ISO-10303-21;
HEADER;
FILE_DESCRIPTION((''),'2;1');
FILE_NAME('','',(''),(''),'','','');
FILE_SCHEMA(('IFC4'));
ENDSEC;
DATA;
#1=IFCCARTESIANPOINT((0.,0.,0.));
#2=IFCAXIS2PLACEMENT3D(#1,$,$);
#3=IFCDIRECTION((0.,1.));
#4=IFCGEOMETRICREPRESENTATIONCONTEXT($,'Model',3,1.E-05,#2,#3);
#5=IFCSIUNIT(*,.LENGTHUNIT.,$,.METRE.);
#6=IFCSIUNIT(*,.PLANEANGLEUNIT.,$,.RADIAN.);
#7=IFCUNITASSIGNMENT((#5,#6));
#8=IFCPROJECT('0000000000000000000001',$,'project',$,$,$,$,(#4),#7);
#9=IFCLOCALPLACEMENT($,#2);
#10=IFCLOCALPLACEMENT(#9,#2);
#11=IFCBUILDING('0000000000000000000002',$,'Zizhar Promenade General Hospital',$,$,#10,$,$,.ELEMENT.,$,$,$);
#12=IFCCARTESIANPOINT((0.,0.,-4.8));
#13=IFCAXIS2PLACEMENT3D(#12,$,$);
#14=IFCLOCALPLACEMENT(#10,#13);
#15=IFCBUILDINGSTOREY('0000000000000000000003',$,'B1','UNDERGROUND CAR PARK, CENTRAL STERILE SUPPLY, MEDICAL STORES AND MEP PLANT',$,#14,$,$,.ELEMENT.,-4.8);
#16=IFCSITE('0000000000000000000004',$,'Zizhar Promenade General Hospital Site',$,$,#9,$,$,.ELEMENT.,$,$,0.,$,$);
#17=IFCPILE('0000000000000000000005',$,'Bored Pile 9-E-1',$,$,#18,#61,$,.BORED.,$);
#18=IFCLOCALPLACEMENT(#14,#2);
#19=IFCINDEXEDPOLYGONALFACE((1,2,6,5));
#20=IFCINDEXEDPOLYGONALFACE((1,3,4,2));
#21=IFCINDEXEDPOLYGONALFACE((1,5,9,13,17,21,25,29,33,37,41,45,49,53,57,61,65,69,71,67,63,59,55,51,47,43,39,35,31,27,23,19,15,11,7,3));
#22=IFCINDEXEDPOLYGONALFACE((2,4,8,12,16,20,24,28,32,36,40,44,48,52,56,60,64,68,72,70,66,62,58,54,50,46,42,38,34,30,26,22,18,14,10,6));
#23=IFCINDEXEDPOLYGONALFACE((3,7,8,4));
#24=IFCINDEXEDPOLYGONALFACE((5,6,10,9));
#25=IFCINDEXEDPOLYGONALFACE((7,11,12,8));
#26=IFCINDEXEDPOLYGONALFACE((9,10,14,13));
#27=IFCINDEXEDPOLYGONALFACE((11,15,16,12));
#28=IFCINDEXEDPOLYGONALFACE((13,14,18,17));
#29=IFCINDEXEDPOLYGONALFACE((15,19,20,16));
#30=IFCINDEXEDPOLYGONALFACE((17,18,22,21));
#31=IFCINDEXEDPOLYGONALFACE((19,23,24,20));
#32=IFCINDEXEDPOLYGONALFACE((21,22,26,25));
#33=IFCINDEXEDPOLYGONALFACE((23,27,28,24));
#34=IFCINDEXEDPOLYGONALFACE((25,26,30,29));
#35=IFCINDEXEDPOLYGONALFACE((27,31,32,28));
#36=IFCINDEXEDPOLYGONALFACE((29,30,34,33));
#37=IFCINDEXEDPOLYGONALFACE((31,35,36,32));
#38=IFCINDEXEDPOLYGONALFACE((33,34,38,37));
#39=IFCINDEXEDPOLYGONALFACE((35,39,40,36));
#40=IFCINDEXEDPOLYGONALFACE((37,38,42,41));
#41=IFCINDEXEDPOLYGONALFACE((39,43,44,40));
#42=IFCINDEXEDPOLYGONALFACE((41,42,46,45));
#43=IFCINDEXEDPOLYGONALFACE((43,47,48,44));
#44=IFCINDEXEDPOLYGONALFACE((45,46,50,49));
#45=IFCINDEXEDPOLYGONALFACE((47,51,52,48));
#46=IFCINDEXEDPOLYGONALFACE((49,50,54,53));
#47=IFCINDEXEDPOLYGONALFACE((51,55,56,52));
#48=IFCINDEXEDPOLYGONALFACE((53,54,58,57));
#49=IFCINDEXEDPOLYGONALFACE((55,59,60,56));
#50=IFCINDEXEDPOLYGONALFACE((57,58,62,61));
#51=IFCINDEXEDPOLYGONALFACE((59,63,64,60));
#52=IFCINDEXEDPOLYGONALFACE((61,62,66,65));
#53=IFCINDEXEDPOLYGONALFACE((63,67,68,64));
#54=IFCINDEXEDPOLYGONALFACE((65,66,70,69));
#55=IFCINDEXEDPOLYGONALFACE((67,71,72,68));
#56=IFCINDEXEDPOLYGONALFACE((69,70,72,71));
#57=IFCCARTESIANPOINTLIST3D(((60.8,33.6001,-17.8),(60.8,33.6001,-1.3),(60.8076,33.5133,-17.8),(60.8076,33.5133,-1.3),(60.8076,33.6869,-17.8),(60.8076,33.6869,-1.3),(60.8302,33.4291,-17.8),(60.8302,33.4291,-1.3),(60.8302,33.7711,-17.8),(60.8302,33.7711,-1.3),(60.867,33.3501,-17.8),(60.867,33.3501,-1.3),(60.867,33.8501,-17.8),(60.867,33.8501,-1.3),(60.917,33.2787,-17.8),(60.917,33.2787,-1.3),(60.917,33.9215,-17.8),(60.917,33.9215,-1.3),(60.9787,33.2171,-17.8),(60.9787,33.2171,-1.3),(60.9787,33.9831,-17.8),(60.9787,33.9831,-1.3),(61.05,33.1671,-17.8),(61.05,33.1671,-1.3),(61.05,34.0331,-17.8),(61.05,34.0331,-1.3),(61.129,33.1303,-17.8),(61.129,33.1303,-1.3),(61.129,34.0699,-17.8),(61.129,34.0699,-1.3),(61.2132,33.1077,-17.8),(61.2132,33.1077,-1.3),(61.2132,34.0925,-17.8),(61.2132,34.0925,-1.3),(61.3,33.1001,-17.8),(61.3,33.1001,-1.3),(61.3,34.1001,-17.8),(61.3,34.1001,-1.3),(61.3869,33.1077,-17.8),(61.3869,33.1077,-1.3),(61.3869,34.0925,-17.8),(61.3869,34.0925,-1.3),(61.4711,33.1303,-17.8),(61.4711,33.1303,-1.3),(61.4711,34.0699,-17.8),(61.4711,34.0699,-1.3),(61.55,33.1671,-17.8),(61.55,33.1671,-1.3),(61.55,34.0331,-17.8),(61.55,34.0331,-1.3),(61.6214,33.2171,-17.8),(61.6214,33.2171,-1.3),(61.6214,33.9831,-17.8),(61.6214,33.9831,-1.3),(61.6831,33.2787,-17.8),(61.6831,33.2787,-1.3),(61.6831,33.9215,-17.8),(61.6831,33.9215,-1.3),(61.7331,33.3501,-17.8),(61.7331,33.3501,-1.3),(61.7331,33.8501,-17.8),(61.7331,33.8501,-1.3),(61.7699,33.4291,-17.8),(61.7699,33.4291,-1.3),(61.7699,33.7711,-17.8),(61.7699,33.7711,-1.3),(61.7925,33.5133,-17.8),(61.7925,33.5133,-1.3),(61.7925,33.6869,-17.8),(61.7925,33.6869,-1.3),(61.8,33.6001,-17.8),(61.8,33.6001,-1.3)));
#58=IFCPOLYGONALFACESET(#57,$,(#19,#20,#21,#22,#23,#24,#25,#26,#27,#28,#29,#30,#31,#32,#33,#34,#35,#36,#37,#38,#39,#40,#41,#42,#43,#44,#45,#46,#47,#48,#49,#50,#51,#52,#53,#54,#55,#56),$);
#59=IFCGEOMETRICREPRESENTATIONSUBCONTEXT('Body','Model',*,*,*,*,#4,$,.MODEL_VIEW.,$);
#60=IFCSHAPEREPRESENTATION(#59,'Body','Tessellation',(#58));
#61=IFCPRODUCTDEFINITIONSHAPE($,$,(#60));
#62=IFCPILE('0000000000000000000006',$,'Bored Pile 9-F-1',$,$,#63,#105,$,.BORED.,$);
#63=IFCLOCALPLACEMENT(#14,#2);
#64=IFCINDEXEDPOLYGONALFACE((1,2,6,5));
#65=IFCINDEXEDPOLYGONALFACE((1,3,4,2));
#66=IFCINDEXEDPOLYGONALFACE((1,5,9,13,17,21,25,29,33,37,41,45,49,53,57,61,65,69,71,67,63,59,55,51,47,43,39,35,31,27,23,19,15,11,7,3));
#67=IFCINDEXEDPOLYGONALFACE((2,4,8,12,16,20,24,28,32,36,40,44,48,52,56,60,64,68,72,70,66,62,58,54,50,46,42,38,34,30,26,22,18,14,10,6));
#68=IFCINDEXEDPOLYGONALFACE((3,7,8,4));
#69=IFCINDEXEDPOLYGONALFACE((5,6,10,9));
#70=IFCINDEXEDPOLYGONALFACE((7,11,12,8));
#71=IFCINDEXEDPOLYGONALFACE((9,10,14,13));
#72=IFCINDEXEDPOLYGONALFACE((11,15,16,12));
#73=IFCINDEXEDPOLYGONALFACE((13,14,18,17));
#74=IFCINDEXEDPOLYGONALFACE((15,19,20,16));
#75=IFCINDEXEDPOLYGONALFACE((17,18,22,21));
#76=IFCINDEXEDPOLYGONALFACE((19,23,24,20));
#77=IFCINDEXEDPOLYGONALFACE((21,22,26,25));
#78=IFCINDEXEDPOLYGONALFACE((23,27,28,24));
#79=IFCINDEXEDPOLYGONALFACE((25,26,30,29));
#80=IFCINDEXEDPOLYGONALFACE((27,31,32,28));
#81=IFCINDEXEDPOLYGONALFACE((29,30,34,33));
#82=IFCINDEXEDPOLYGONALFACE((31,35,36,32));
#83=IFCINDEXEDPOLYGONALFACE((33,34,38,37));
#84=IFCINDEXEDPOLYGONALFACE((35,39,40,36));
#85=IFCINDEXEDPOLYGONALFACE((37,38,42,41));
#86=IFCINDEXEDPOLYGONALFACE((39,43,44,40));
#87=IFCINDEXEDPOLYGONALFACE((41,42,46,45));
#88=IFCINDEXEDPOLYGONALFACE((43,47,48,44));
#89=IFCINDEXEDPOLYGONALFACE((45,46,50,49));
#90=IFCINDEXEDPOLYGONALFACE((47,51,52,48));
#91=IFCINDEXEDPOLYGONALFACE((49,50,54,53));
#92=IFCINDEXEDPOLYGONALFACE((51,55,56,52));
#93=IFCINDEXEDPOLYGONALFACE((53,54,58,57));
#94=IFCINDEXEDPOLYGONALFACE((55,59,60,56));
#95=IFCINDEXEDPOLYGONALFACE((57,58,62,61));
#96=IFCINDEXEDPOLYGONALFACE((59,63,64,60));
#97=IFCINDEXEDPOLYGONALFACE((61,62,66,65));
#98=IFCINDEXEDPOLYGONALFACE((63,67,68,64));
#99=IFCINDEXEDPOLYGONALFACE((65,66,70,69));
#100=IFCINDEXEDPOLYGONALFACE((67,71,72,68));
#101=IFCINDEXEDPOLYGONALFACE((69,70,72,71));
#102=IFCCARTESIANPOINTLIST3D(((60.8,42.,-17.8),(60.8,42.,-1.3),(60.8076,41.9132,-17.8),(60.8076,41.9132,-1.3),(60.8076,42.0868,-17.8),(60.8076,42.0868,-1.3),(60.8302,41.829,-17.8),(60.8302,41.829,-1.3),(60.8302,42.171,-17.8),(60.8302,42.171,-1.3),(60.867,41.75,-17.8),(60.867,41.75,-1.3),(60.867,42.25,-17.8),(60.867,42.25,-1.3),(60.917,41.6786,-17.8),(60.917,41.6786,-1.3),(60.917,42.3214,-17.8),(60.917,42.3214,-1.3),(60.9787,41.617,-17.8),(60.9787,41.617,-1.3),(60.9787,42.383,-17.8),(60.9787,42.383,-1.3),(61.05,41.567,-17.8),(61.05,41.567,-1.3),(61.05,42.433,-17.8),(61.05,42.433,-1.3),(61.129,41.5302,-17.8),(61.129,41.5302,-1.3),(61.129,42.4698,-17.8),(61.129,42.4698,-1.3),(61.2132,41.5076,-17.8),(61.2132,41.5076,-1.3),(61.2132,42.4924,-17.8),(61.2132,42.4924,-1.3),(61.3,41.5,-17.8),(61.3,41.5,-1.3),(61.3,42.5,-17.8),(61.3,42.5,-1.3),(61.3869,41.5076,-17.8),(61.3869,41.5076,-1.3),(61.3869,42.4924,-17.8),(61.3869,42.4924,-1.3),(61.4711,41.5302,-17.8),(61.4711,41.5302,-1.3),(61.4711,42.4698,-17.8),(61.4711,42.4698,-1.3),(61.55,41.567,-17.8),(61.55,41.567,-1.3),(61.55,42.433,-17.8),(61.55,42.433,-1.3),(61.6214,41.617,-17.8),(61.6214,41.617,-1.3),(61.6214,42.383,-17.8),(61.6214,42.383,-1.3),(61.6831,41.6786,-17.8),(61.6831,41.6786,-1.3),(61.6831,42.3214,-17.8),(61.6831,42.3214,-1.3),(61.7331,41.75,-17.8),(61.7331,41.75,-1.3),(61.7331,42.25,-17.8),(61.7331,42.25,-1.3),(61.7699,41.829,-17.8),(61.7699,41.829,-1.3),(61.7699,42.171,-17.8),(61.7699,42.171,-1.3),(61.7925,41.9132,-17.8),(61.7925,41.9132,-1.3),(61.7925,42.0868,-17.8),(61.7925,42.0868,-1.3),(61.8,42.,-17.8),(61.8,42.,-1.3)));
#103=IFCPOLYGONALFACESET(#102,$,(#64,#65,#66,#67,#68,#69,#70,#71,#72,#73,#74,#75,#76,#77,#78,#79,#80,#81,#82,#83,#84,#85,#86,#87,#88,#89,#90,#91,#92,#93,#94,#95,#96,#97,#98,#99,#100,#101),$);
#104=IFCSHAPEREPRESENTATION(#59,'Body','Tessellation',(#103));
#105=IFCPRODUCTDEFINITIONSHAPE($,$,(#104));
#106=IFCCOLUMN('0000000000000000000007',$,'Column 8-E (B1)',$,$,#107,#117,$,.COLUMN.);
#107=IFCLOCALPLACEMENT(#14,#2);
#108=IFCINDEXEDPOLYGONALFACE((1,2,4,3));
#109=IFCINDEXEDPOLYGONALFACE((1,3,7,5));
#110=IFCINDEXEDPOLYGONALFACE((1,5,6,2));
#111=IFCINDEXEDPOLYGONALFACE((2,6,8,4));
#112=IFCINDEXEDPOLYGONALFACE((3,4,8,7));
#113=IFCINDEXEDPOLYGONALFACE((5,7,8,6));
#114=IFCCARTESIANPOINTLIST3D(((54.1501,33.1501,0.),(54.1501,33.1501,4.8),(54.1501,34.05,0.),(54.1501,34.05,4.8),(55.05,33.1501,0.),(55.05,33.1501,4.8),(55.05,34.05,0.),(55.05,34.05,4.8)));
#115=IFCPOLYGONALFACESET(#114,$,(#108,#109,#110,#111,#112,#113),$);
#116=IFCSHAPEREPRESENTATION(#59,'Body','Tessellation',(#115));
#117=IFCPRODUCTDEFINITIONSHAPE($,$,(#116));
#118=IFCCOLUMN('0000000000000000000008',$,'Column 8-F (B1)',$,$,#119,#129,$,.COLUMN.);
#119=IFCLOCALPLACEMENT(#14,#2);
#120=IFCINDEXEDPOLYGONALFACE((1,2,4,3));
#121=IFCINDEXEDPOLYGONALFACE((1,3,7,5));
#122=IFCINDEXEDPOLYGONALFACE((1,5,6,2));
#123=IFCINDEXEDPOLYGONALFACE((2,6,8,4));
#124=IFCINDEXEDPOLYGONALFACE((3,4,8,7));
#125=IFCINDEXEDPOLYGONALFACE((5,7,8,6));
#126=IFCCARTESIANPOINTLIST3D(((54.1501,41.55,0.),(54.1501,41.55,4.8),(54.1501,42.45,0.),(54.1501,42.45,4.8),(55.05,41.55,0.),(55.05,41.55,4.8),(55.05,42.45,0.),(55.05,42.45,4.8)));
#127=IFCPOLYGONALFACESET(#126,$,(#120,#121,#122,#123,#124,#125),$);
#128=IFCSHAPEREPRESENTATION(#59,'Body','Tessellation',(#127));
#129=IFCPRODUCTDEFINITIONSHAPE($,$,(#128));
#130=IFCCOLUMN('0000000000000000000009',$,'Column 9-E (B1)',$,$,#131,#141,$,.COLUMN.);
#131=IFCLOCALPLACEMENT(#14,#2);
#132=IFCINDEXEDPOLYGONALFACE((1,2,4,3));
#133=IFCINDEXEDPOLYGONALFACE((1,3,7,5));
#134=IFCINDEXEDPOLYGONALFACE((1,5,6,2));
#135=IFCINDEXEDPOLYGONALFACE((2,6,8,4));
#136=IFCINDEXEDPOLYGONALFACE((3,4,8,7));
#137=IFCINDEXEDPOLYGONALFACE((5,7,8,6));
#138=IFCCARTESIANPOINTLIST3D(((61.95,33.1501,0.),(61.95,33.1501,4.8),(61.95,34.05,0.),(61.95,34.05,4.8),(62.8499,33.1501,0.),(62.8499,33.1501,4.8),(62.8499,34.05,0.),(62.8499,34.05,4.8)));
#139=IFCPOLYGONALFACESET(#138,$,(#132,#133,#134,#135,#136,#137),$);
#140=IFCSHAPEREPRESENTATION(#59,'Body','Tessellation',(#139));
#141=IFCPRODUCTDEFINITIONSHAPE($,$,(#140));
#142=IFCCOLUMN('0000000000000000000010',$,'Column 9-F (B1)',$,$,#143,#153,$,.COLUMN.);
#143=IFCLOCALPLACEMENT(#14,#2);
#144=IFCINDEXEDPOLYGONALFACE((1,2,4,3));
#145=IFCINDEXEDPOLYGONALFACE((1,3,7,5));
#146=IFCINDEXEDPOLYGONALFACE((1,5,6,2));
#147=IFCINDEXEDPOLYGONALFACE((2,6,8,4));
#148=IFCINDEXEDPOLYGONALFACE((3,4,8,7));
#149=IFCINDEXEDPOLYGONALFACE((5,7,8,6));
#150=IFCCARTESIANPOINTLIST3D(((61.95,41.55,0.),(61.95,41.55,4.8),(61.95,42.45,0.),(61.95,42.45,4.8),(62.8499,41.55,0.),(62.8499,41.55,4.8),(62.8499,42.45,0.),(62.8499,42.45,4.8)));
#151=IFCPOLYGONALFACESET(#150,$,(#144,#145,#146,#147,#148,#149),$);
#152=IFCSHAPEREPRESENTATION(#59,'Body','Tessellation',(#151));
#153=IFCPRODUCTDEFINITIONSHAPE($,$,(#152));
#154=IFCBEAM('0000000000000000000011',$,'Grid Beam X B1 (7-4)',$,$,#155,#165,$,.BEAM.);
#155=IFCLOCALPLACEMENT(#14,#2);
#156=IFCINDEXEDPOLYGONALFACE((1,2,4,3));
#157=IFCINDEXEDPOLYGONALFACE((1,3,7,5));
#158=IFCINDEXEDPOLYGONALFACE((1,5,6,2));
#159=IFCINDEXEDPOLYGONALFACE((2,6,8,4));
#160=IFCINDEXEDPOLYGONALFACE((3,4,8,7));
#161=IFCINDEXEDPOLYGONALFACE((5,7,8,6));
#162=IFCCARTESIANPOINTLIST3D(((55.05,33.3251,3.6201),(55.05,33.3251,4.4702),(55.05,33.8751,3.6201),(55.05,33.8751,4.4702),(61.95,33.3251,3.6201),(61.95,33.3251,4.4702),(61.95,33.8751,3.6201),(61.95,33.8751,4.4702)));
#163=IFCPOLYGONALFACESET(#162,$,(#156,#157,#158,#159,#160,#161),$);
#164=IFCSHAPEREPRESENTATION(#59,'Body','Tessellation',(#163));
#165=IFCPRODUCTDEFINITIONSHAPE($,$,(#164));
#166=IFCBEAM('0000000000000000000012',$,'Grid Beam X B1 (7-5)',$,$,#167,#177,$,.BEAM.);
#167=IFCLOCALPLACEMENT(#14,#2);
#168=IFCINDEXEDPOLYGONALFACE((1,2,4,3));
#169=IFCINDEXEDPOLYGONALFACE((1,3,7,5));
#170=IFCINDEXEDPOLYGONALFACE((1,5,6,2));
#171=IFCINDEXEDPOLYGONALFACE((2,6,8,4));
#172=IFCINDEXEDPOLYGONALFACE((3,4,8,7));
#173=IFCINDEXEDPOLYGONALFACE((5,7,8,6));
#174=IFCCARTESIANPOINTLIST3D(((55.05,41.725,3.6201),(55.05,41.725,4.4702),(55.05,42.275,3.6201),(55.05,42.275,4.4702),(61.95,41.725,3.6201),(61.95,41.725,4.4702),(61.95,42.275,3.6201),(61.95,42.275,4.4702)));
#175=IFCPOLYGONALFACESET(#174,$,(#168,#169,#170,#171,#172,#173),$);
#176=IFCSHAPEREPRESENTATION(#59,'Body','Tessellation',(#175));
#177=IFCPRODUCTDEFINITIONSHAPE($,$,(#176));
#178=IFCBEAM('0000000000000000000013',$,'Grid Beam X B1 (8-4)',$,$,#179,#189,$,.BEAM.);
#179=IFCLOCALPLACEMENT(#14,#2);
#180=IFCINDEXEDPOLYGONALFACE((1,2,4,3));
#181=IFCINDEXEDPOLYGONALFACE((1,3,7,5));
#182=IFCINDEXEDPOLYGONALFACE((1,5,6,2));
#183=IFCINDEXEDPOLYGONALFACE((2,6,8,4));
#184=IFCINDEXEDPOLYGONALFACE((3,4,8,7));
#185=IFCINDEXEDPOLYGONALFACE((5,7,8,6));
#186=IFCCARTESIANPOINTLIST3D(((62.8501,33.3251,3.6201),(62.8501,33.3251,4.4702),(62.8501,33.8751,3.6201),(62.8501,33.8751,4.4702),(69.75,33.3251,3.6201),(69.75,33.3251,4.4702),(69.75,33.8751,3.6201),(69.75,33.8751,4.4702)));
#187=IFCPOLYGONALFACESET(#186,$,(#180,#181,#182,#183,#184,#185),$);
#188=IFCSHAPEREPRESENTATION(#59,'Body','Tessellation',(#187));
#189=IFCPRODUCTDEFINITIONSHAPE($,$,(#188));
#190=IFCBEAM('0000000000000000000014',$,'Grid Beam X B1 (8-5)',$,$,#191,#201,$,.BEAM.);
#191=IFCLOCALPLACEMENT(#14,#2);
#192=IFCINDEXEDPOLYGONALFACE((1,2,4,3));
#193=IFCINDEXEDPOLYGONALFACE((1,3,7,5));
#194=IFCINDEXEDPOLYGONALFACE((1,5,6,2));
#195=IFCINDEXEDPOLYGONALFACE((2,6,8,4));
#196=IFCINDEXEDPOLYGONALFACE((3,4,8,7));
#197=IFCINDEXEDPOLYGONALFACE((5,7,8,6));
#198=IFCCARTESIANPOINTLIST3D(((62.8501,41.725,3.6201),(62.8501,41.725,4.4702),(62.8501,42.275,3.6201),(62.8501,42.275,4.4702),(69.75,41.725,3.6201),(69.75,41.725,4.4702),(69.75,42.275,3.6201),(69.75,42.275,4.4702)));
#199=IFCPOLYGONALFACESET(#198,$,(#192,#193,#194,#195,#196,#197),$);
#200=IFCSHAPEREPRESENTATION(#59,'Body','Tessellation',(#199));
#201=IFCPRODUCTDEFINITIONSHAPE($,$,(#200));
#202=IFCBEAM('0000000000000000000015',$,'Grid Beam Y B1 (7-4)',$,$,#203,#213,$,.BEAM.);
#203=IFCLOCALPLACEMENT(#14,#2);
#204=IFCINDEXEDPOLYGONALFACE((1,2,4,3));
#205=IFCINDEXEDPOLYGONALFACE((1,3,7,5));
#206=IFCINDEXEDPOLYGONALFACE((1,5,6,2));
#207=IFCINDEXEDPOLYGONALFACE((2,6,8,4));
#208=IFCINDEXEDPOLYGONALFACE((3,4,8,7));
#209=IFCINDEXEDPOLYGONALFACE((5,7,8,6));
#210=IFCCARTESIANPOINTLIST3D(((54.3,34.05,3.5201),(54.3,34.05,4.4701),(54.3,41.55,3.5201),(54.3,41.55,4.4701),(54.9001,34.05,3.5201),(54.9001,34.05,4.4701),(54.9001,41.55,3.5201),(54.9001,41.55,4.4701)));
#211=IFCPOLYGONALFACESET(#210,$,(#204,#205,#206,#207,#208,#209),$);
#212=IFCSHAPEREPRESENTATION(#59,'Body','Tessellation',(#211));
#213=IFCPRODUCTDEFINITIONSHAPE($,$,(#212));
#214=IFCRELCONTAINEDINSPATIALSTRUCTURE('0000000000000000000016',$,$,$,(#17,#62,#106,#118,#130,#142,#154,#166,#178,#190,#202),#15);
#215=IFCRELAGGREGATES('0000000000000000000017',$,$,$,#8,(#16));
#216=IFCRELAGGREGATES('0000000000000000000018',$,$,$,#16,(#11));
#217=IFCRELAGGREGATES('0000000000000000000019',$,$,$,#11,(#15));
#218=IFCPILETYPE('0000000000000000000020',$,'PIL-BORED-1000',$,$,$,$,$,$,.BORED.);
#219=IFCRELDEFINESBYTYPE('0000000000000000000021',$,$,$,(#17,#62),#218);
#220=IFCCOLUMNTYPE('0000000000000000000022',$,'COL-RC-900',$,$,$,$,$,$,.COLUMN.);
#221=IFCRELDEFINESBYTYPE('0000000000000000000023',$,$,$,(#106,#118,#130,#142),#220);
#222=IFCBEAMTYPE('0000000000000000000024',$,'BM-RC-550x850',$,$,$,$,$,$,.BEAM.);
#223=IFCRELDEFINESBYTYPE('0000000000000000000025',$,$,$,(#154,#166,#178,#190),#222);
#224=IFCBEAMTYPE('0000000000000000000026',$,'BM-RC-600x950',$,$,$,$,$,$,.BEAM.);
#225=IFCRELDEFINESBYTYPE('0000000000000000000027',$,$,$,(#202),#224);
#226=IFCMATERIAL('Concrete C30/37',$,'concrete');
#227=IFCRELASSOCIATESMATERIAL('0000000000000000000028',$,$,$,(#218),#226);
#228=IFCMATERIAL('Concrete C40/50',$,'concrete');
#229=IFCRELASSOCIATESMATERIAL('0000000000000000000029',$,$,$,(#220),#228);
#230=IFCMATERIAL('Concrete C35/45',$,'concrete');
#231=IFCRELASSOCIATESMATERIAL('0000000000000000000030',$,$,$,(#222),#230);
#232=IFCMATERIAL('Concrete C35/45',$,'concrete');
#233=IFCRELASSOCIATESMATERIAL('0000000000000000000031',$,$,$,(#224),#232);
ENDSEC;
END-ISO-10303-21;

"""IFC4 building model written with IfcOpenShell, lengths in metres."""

from ifc_helpers import new_model, si_unit, direction, frame, origin, origin_2d, place, context, subcontext, project, spatial, rectangle, circle, extrude, material, material_profile, profile_set, type_object, element, save


model = new_model("IFC4")

# Units and contexts
model_context = context("Model", 3, precision=1e-05, world=origin(), true_north=direction((0.0, 1.0)))
body_context = subcontext(model_context, "Body", "Model", "MODEL_VIEW")
ifc_project = project(units=[si_unit("LENGTHUNIT", "METRE"), si_unit("PLANEANGLEUNIT", "RADIAN")], contexts=[model_context])

# Site, building, storey
site_placement = place(None, origin())
site = spatial("IfcSite", under=ifc_project, at=site_placement, Name="Zizhar Promenade General Hospital Site", CompositionType="ELEMENT", RefElevation=0.0)
building_placement = place(site_placement, origin())
building = spatial("IfcBuilding", under=site, at=building_placement, Name="Zizhar Promenade General Hospital", CompositionType="ELEMENT")
storey_placement = place(building_placement, frame((0.0, 0.0, -4.8)))
storey = spatial("IfcBuildingStorey", under=building, at=storey_placement, Name="B1", Description="UNDERGROUND CAR PARK, CENTRAL STERILE SUPPLY, MEDICAL STORES AND MEP PLANT", CompositionType="ELEMENT", Elevation=-4.8)

# Piles
ifc_material_1 = material(Name="Concrete C30/37", Category="concrete")
ifc_material_profile_1 = material_profile(ifc_material_1, circle(Radius=0.5, at=origin_2d()))
ifc_profile_set_1 = profile_set([ifc_material_profile_1], Name="Concrete C30/37")
pile_type = type_object("IfcPileType", Name="PIL-BORED-1000", PredefinedType="BORED", material=ifc_profile_set_1)
for number, where, z_axis, x_axis, name in (
    (1, (61.3, 33.6001, -1.3), (0.0, 0.0, -1.0), (1.0, 0.0, 0.0), "Bored Pile 9-E-1"),
    (2, (61.3, 42.0, -1.3), (0.0, 0.0, -1.0), (1.0, 0.0, 0.0), "Bored Pile 9-F-1"),
):
    element("IfcPile", number, at=place(storey_placement, frame(where, z_axis=z_axis, x_axis=x_axis)), inside=storey, type_object=pile_type, Name=name, PredefinedType="BORED", context=body_context, shape_type="SweptSolid", body=[
        extrude(circle(Radius=0.5, at=origin_2d()), origin(), (0.0, 0.0, 1.0), 16.5),
    ])

# Columns
ifc_material_2 = material(Name="Concrete C40/50", Category="concrete")
ifc_material_profile_2 = material_profile(ifc_material_2, rectangle(XDim=0.8999, YDim=0.8999, at=origin_2d()))
ifc_profile_set_2 = profile_set([ifc_material_profile_2], Name="Concrete C40/50")
column_type = type_object("IfcColumnType", Name="COL-RC-900", PredefinedType="COLUMN", material=ifc_profile_set_2)
for number, where, z_axis, x_axis, name in (
    (3, (54.6001, 33.6001, 0.0), (0.0, 0.0, 1.0), (1.0, 0.0, 0.0), "Column 8-E (B1)"),
    (4, (54.6001, 42.0, 0.0), (0.0, 0.0, 1.0), (1.0, 0.0, 0.0), "Column 8-F (B1)"),
    (5, (62.3999, 33.6001, 0.0), (0.0, 0.0, 1.0), (1.0, 0.0, 0.0), "Column 9-E (B1)"),
    (6, (62.3999, 42.0, 0.0), (0.0, 0.0, 1.0), (1.0, 0.0, 0.0), "Column 9-F (B1)"),
):
    element("IfcColumn", number, at=place(storey_placement, frame(where, z_axis=z_axis, x_axis=x_axis)), inside=storey, type_object=column_type, Name=name, PredefinedType="COLUMN", context=body_context, shape_type="SweptSolid", body=[
        extrude(rectangle(XDim=0.8999, YDim=0.8999, at=origin_2d()), origin(), (0.0, 0.0, 1.0), 4.8),
    ])

# Beams
ifc_material_3 = material(Name="Concrete C35/45", Category="concrete")
ifc_material_profile_3 = material_profile(ifc_material_3, rectangle(XDim=0.55, YDim=0.8501, at=origin_2d()))
ifc_profile_set_3 = profile_set([ifc_material_profile_3], Name="Concrete C35/45")
beam_type_1 = type_object("IfcBeamType", Name="BM-RC-550x850", PredefinedType="BEAM", material=ifc_profile_set_3)
for number, where, z_axis, x_axis, name in (
    (7, (55.05, 33.6001, 4.0452), (1.0, 0.0, 0.0), (0.0, 1.0, 0.0), "Grid Beam X B1 (7-4)"),
    (8, (55.05, 42.0, 4.0452), (1.0, 0.0, 0.0), (0.0, 1.0, 0.0), "Grid Beam X B1 (7-5)"),
    (9, (62.8501, 33.6001, 4.0452), (1.0, 0.0, 0.0), (0.0, 1.0, 0.0), "Grid Beam X B1 (8-4)"),
    (10, (62.8501, 42.0, 4.0452), (1.0, 0.0, 0.0), (0.0, 1.0, 0.0), "Grid Beam X B1 (8-5)"),
):
    element("IfcBeam", number, at=place(storey_placement, frame(where, z_axis=z_axis, x_axis=x_axis)), inside=storey, type_object=beam_type_1, Name=name, PredefinedType="BEAM", context=body_context, shape_type="SweptSolid", body=[
        extrude(rectangle(XDim=0.55, YDim=0.8501, at=origin_2d()), origin(), (0.0, 0.0, 1.0), 6.8999),
    ])
ifc_material_4 = material(Name="Concrete C35/45", Category="concrete")
ifc_material_profile_4 = material_profile(ifc_material_4, rectangle(XDim=0.6001, YDim=0.95, at=origin_2d()))
ifc_profile_set_4 = profile_set([ifc_material_profile_4], Name="Concrete C35/45")
beam_type_2 = type_object("IfcBeamType", Name="BM-RC-600x950", PredefinedType="BEAM", material=ifc_profile_set_4)
for number, where, z_axis, x_axis, name in (
    (11, (54.6001, 34.05, 3.9951), (0.0, 1.0, 0.0), (-1.0, 0.0, 0.0), "Grid Beam Y B1 (7-4)"),
):
    element("IfcBeam", number, at=place(storey_placement, frame(where, z_axis=z_axis, x_axis=x_axis)), inside=storey, type_object=beam_type_2, Name=name, PredefinedType="BEAM", context=body_context, shape_type="SweptSolid", body=[
        extrude(rectangle(XDim=0.6001, YDim=0.95, at=origin_2d()), origin(), (0.0, 0.0, 1.0), 7.5),
    ])

save(model, "model.ifc")
